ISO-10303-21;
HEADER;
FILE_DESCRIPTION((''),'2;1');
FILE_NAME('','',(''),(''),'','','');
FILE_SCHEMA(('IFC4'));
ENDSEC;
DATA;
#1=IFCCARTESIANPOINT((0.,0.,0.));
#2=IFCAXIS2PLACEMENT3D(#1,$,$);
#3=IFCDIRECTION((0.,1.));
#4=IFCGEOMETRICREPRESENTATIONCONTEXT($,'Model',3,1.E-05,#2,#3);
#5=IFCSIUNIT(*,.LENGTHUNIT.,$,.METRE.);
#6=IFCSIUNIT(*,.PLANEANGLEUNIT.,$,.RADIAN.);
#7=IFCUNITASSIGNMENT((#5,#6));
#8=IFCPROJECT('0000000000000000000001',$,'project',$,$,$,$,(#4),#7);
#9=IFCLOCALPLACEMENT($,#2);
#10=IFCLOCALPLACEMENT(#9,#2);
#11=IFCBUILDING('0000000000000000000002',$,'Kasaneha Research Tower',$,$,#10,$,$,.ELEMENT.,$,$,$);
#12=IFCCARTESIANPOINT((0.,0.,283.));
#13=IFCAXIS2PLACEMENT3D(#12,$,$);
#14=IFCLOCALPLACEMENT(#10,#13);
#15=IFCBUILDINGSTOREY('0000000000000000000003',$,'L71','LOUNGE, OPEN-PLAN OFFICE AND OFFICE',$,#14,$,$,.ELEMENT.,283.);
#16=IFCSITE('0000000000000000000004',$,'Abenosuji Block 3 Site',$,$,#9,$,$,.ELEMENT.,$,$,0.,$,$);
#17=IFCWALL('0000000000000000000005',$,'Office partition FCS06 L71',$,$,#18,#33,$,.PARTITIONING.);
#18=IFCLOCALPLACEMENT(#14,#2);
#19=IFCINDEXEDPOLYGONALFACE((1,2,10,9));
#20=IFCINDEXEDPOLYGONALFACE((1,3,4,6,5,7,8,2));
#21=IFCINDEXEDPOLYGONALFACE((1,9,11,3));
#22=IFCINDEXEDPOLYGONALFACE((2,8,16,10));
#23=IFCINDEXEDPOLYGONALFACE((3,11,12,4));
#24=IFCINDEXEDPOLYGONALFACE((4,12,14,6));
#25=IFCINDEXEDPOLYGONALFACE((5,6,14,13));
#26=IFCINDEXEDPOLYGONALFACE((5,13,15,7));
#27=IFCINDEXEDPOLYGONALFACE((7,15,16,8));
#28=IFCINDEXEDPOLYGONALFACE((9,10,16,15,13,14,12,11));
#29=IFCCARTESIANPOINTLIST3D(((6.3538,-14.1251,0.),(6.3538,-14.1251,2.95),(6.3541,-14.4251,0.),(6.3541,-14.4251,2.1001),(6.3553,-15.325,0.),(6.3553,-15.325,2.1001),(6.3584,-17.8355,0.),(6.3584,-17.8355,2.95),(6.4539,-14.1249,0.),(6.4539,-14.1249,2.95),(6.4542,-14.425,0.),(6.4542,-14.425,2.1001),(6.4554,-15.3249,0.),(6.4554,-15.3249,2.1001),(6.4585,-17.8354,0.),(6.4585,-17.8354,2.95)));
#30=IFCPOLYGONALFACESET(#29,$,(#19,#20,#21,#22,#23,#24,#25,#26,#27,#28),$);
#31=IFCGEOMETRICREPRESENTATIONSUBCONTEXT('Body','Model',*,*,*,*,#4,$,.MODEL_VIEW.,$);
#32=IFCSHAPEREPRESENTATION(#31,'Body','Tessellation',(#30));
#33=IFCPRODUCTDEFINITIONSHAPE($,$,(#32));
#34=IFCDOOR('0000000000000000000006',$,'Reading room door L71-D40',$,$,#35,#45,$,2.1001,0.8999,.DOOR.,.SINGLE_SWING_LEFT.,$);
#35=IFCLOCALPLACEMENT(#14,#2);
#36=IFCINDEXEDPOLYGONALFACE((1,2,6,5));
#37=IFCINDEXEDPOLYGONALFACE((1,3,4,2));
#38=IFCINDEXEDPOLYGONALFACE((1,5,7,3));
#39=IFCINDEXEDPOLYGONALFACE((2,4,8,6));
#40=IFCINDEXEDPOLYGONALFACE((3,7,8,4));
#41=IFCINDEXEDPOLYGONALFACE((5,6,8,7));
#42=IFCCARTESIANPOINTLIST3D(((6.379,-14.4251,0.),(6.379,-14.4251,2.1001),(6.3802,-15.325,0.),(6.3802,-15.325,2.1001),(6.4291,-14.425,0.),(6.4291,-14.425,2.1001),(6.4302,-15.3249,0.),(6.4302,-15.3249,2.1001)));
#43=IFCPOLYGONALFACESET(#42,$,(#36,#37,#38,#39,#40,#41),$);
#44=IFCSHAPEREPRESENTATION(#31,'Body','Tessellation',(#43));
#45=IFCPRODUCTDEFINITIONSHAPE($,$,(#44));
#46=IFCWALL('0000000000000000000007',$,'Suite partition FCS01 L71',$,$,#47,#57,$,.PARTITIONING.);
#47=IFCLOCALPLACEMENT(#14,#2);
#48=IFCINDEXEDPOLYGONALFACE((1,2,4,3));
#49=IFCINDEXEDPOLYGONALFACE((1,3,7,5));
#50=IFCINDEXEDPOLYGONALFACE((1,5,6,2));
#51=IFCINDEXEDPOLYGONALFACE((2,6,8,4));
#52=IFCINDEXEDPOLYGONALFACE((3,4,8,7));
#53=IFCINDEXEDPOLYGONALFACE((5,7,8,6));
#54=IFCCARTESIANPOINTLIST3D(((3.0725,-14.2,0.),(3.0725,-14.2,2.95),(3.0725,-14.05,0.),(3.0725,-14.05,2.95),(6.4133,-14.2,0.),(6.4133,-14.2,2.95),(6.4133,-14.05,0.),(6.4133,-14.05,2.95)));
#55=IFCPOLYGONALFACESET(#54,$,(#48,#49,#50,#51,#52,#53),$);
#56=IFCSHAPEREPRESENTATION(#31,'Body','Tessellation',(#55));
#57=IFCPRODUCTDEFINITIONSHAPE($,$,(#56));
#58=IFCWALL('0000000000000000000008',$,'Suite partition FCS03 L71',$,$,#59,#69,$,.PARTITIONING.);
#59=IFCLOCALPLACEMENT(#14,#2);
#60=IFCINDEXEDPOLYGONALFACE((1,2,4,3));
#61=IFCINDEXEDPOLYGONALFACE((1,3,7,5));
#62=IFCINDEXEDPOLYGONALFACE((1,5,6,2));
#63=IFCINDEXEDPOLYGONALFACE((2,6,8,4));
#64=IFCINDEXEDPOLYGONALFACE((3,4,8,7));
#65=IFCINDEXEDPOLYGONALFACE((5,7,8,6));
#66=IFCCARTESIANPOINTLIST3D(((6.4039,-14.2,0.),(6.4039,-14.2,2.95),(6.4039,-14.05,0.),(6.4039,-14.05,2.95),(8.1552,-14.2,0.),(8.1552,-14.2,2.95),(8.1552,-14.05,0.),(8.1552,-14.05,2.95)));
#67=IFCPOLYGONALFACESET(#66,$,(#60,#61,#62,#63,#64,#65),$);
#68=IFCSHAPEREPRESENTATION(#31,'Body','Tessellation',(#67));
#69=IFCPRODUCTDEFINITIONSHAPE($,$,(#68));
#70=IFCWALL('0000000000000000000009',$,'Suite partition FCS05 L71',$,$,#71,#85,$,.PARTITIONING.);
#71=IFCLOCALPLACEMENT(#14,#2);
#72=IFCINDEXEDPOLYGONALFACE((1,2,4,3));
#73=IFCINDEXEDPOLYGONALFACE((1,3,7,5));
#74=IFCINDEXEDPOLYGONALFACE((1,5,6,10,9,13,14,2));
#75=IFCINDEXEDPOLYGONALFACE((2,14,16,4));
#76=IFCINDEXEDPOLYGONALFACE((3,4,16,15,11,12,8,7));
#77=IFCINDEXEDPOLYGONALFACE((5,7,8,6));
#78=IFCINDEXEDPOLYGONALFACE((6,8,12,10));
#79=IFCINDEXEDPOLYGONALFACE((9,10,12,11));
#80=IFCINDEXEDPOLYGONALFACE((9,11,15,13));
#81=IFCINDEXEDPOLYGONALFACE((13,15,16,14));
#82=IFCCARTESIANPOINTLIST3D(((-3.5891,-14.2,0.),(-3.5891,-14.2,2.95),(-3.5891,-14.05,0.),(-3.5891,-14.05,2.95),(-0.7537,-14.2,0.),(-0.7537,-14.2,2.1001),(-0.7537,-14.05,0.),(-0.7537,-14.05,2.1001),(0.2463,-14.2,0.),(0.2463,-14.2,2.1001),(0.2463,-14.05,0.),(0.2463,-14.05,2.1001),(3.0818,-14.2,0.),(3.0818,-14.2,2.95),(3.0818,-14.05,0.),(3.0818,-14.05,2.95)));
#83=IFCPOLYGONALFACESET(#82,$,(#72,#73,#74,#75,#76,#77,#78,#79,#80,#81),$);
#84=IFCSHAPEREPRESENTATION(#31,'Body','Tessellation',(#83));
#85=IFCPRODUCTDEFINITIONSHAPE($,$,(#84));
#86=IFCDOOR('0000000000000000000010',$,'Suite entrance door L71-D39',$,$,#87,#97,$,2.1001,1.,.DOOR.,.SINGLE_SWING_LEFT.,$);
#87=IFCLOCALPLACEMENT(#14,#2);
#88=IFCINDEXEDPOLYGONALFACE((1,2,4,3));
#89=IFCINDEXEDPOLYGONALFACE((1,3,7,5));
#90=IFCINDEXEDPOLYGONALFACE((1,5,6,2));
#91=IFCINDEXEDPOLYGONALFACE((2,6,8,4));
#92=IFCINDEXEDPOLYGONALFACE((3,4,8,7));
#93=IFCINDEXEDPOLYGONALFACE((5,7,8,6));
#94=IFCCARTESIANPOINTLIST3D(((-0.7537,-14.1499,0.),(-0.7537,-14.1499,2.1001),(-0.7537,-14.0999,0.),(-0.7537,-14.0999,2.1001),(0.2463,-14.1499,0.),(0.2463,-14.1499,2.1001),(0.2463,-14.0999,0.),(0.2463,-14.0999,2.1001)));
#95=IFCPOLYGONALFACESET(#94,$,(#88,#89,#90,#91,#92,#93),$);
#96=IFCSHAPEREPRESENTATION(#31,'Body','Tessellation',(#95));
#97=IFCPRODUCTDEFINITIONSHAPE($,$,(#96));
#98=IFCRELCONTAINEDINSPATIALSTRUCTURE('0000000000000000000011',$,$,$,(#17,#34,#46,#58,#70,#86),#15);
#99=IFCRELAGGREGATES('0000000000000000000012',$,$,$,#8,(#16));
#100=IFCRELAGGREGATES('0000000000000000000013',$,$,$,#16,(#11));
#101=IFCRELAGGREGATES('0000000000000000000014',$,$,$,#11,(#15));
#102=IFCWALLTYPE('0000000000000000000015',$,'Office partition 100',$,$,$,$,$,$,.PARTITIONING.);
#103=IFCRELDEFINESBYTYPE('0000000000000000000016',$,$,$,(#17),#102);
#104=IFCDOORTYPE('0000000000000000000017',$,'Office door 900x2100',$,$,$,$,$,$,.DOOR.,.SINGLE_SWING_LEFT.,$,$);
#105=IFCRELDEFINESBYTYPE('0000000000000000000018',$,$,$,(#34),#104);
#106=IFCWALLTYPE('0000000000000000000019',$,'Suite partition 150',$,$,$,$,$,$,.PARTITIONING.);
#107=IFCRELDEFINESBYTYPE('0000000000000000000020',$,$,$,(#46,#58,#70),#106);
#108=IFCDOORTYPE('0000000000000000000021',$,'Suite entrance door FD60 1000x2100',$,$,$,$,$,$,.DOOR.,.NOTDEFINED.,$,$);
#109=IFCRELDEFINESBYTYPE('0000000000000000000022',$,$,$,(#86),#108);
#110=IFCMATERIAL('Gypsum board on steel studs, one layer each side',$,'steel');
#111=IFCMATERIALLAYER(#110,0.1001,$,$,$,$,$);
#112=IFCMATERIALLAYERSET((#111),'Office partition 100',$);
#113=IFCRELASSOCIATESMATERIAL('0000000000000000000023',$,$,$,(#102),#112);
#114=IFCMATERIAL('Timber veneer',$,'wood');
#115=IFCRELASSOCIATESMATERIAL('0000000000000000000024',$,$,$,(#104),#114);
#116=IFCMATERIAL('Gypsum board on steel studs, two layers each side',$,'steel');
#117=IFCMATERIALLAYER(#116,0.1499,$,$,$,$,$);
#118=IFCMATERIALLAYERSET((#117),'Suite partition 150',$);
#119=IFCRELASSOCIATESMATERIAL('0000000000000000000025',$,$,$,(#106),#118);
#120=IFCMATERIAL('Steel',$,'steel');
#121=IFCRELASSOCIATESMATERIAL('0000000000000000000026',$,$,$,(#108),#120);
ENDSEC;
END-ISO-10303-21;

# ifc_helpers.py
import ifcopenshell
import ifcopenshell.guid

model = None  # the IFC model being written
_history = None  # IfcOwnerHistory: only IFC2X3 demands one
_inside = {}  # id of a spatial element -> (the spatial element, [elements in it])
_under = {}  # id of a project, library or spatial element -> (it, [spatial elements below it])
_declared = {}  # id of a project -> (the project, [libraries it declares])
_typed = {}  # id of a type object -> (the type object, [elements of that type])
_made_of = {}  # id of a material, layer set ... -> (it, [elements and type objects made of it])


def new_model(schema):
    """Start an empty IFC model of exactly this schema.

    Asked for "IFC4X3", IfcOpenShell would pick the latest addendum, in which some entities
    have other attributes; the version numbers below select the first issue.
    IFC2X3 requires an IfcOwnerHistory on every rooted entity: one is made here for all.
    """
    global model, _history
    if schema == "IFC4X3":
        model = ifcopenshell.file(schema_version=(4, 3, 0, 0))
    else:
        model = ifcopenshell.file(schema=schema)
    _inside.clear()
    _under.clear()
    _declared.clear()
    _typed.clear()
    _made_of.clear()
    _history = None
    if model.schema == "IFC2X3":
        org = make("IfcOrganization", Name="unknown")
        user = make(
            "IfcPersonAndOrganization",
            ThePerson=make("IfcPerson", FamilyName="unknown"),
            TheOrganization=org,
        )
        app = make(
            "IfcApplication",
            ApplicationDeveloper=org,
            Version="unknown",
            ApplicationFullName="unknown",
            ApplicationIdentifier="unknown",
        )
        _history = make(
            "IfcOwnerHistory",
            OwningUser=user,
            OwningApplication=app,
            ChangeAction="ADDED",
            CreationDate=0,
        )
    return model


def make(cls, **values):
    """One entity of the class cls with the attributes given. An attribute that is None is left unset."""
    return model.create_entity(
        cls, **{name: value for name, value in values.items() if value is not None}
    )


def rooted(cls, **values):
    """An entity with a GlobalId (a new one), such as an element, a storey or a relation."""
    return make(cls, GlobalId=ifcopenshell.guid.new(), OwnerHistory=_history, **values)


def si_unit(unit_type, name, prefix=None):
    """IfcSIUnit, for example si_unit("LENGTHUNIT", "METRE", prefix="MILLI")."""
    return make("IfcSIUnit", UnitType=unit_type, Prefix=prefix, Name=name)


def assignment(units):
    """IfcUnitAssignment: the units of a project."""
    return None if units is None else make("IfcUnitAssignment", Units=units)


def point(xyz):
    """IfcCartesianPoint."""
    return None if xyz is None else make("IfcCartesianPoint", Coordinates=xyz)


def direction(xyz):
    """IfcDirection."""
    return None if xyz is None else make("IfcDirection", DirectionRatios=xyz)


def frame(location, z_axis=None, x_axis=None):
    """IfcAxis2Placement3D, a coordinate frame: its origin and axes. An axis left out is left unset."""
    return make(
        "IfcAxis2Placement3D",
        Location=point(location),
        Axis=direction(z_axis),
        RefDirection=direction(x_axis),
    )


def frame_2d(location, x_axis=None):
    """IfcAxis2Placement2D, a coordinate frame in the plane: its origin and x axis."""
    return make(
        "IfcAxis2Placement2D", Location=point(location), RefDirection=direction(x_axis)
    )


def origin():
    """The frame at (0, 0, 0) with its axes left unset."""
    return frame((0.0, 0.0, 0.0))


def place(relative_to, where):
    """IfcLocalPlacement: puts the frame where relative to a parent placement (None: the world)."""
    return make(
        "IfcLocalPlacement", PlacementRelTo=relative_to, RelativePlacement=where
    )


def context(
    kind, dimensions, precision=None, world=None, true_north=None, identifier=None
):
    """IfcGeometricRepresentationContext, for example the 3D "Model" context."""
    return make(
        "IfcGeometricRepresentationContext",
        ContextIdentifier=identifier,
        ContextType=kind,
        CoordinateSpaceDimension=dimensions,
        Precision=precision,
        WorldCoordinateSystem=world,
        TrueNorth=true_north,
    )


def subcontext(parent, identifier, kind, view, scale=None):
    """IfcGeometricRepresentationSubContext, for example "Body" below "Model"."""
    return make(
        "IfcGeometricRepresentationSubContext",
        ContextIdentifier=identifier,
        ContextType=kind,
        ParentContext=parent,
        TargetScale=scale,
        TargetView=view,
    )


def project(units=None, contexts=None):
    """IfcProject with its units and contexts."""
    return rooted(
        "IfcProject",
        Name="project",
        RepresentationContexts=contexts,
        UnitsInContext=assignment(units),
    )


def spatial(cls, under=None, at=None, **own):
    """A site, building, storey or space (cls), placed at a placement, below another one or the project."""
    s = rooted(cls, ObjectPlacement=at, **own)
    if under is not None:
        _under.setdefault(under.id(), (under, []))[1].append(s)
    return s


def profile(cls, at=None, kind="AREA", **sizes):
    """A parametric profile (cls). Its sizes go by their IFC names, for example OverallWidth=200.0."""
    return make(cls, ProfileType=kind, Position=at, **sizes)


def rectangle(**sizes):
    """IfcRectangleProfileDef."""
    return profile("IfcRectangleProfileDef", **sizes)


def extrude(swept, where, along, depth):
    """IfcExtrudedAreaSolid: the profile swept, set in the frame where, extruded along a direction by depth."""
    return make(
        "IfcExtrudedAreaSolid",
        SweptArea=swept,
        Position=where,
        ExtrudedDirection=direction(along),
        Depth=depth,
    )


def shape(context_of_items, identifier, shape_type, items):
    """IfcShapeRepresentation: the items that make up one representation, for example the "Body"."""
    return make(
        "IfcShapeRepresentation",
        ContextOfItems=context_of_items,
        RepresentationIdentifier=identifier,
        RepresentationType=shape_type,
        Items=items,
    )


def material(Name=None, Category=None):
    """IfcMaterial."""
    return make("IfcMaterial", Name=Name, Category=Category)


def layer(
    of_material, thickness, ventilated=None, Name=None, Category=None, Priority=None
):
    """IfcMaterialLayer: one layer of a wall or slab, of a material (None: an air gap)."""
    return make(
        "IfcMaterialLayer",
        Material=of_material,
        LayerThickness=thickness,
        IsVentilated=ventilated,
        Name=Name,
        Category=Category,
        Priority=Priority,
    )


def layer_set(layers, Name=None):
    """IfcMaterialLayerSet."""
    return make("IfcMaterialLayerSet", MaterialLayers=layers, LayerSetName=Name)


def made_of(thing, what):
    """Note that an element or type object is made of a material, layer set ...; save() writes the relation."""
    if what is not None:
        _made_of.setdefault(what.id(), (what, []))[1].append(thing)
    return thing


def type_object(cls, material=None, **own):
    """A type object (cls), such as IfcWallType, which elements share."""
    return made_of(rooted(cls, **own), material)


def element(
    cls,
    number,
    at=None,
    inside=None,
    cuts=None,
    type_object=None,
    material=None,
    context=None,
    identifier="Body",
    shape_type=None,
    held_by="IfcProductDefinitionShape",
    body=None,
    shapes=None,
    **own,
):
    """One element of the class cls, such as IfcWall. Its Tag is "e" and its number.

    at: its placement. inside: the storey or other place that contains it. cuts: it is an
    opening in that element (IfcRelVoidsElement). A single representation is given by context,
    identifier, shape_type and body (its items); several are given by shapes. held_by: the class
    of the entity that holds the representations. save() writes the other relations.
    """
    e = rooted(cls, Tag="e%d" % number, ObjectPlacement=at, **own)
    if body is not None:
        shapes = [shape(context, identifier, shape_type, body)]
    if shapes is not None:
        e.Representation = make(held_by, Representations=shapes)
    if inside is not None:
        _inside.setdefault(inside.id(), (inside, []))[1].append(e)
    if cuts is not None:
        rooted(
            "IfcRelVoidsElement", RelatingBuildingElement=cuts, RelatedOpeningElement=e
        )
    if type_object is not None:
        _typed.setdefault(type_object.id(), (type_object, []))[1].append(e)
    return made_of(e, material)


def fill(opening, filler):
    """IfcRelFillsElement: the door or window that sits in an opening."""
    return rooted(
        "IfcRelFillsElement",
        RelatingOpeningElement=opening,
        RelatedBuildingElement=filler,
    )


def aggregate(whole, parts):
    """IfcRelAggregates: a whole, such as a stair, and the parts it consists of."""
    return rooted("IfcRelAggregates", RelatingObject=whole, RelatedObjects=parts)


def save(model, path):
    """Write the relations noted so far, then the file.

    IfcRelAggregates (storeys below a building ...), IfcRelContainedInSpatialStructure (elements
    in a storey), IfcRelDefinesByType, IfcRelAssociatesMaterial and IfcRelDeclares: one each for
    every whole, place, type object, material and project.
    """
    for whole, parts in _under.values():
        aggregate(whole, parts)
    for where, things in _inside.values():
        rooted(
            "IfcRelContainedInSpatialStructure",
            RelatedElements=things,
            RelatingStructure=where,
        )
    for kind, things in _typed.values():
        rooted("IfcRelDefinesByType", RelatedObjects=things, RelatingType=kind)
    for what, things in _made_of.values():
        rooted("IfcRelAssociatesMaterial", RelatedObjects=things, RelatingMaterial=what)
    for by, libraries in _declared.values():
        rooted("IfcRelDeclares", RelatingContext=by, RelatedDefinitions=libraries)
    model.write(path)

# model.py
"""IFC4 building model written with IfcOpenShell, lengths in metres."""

from ifc_helpers import new_model, si_unit, direction, frame, frame_2d, origin, place, context, subcontext, project, spatial, rectangle, extrude, material, layer, layer_set, type_object, element, fill, save


model = new_model("IFC4")

# Units and contexts
model_context = context("Model", 3, precision=1e-05, world=origin(), true_north=direction((0.0, 1.0)))
body_context = subcontext(model_context, "Body", "Model", "MODEL_VIEW")
ifc_project = project(units=[si_unit("LENGTHUNIT", "METRE"), si_unit("PLANEANGLEUNIT", "RADIAN")], contexts=[model_context])

# Site, building, storey
site_placement = place(None, origin())
site = spatial("IfcSite", under=ifc_project, at=site_placement, Name="Abenosuji Block 3 Site", CompositionType="ELEMENT", RefElevation=0.0)
building_placement = place(site_placement, origin())
building = spatial("IfcBuilding", under=site, at=building_placement, Name="Kasaneha Research Tower", CompositionType="ELEMENT")
storey_placement = place(building_placement, frame((0.0, 0.0, 283.0)))
storey = spatial("IfcBuildingStorey", under=building, at=storey_placement, Name="L71", Description="LOUNGE, OPEN-PLAN OFFICE AND OFFICE", CompositionType="ELEMENT", Elevation=283.0)

# Wall, opening, door
ifc_material_1 = material(Name="Gypsum board on steel studs, one layer each side", Category="steel")
ifc_layer_1 = layer(ifc_material_1, 0.1001)
ifc_layer_set_1 = layer_set([ifc_layer_1], Name="Office partition 100")
wall_type_1 = type_object("IfcWallType", Name="Office partition 100", PredefinedType="PARTITIONING", material=ifc_layer_set_1)
wall_1_placement = place(storey_placement, frame((6.4038, -14.125, 0.0), z_axis=(0.0, 0.0, 1.0), x_axis=(0.00125, -0.999999, 0.0)))
wall_1 = element("IfcWall", 1, at=wall_1_placement, inside=storey, type_object=wall_type_1, Name="Office partition FCS06 L71", PredefinedType="PARTITIONING", context=body_context, shape_type="SweptSolid", body=[
    extrude(rectangle(XDim=3.7104, YDim=0.1001, at=frame_2d((1.8552, 0.0))), origin(), (0.0, 0.0, 1.0), 2.95),
])
opening_1_placement = place(wall_1_placement, frame((0.3, 0.0, 0.0)))
opening_1 = element("IfcOpeningElement", 2, at=opening_1_placement, cuts=wall_1, PredefinedType="OPENING", context=body_context, shape_type="SweptSolid", body=[
    extrude(rectangle(XDim=0.8999, YDim=2.1001, at=frame_2d((0.45, 1.05))), frame((0.0, 0.0601, 0.0), z_axis=(0.0, -1.0, 0.0), x_axis=(1.0, 0.0, 0.0)), (0.0, 0.0, 1.0), 0.1201),
])
ifc_material_2 = material(Name="Timber veneer", Category="wood")
door_type_1 = type_object("IfcDoorType", Name="Office door 900x2100", OperationType="SINGLE_SWING_LEFT", PredefinedType="DOOR", material=ifc_material_2)
door_1_placement = place(opening_1_placement, origin())
door_1 = element("IfcDoor", 3, at=door_1_placement, inside=storey, type_object=door_type_1, Name="Reading room door L71-D40", OperationType="SINGLE_SWING_LEFT", OverallHeight=2.1001, OverallWidth=0.8999, PredefinedType="DOOR", context=body_context, shape_type="SweptSolid", body=[
    extrude(rectangle(XDim=0.8999, YDim=2.1001, at=frame_2d((0.45, 1.05))), frame((0.0, 0.0249, 0.0), z_axis=(0.0, -1.0, 0.0), x_axis=(1.0, 0.0, 0.0)), (0.0, 0.0, 1.0), 0.05),
])
fill(opening_1, door_1)

# Walls
ifc_material_3 = material(Name="Gypsum board on steel studs, two layers each side", Category="steel")
ifc_layer_2 = layer(ifc_material_3, 0.1499)
ifc_layer_set_2 = layer_set([ifc_layer_2], Name="Suite partition 150")
wall_type_2 = type_object("IfcWallType", Name="Suite partition 150", PredefinedType="PARTITIONING", material=ifc_layer_set_2)
wall_2_placement = place(storey_placement, frame((6.4133, -14.125, 0.0), z_axis=(0.0, 0.0, 1.0), x_axis=(-1.0, 0.0, 0.0)))
element("IfcWall", 4, at=wall_2_placement, inside=storey, type_object=wall_type_2, Name="Suite partition FCS01 L71", PredefinedType="PARTITIONING", context=body_context, shape_type="SweptSolid", body=[
    extrude(rectangle(XDim=3.3408, YDim=0.1499, at=frame_2d((1.6704, 0.0))), origin(), (0.0, 0.0, 1.0), 2.95),
])
wall_3_placement = place(storey_placement, frame((8.155, -14.125, 0.0), z_axis=(0.0, 0.0, 1.0), x_axis=(-1.0, 0.0, 0.0)))
element("IfcWall", 5, at=wall_3_placement, inside=storey, type_object=wall_type_2, Name="Suite partition FCS03 L71", PredefinedType="PARTITIONING", context=body_context, shape_type="SweptSolid", body=[
    extrude(rectangle(XDim=1.7512, YDim=0.1499, at=frame_2d((0.8755, 0.0))), origin(), (0.0, 0.0, 1.0), 2.95),
])

# Wall, opening, door
wall_4_placement = place(storey_placement, frame((3.0818, -14.125, 0.0), z_axis=(0.0, 0.0, 1.0), x_axis=(-1.0, 0.0, 0.0)))
wall_4 = element("IfcWall", 6, at=wall_4_placement, inside=storey, type_object=wall_type_2, Name="Suite partition FCS05 L71", PredefinedType="PARTITIONING", context=body_context, shape_type="SweptSolid", body=[
    extrude(rectangle(XDim=6.6709, YDim=0.1499, at=frame_2d((3.3354, 0.0))), origin(), (0.0, 0.0, 1.0), 2.95),
])
opening_2_placement = place(wall_4_placement, frame((2.8354, 0.0, 0.0)))
opening_2 = element("IfcOpeningElement", 7, at=opening_2_placement, cuts=wall_4, PredefinedType="OPENING", context=body_context, shape_type="SweptSolid", body=[
    extrude(rectangle(XDim=1.0, YDim=2.1001, at=frame_2d((0.5, 1.05))), frame((0.0, 0.085, 0.0), z_axis=(0.0, -1.0, 0.0), x_axis=(1.0, 0.0, 0.0)), (0.0, 0.0, 1.0), 0.1699),
])
ifc_material_4 = material(Name="Steel", Category="steel")
door_type_2 = type_object("IfcDoorType", Name="Suite entrance door FD60 1000x2100", OperationType="NOTDEFINED", PredefinedType="DOOR", material=ifc_material_4)
door_2_placement = place(opening_2_placement, origin())
door_2 = element("IfcDoor", 8, at=door_2_placement, inside=storey, type_object=door_type_2, Name="Suite entrance door L71-D39", OperationType="SINGLE_SWING_LEFT", OverallHeight=2.1001, OverallWidth=1.0, PredefinedType="DOOR", context=body_context, shape_type="SweptSolid", body=[
    extrude(rectangle(XDim=1.0, YDim=2.1001, at=frame_2d((0.5, 1.05))), frame((0.0, 0.0249, 0.0), z_axis=(0.0, -1.0, 0.0), x_axis=(1.0, 0.0, 0.0)), (0.0, 0.0, 1.0), 0.05),
])
fill(opening_2, door_2)

save(model, "model.ifc")
